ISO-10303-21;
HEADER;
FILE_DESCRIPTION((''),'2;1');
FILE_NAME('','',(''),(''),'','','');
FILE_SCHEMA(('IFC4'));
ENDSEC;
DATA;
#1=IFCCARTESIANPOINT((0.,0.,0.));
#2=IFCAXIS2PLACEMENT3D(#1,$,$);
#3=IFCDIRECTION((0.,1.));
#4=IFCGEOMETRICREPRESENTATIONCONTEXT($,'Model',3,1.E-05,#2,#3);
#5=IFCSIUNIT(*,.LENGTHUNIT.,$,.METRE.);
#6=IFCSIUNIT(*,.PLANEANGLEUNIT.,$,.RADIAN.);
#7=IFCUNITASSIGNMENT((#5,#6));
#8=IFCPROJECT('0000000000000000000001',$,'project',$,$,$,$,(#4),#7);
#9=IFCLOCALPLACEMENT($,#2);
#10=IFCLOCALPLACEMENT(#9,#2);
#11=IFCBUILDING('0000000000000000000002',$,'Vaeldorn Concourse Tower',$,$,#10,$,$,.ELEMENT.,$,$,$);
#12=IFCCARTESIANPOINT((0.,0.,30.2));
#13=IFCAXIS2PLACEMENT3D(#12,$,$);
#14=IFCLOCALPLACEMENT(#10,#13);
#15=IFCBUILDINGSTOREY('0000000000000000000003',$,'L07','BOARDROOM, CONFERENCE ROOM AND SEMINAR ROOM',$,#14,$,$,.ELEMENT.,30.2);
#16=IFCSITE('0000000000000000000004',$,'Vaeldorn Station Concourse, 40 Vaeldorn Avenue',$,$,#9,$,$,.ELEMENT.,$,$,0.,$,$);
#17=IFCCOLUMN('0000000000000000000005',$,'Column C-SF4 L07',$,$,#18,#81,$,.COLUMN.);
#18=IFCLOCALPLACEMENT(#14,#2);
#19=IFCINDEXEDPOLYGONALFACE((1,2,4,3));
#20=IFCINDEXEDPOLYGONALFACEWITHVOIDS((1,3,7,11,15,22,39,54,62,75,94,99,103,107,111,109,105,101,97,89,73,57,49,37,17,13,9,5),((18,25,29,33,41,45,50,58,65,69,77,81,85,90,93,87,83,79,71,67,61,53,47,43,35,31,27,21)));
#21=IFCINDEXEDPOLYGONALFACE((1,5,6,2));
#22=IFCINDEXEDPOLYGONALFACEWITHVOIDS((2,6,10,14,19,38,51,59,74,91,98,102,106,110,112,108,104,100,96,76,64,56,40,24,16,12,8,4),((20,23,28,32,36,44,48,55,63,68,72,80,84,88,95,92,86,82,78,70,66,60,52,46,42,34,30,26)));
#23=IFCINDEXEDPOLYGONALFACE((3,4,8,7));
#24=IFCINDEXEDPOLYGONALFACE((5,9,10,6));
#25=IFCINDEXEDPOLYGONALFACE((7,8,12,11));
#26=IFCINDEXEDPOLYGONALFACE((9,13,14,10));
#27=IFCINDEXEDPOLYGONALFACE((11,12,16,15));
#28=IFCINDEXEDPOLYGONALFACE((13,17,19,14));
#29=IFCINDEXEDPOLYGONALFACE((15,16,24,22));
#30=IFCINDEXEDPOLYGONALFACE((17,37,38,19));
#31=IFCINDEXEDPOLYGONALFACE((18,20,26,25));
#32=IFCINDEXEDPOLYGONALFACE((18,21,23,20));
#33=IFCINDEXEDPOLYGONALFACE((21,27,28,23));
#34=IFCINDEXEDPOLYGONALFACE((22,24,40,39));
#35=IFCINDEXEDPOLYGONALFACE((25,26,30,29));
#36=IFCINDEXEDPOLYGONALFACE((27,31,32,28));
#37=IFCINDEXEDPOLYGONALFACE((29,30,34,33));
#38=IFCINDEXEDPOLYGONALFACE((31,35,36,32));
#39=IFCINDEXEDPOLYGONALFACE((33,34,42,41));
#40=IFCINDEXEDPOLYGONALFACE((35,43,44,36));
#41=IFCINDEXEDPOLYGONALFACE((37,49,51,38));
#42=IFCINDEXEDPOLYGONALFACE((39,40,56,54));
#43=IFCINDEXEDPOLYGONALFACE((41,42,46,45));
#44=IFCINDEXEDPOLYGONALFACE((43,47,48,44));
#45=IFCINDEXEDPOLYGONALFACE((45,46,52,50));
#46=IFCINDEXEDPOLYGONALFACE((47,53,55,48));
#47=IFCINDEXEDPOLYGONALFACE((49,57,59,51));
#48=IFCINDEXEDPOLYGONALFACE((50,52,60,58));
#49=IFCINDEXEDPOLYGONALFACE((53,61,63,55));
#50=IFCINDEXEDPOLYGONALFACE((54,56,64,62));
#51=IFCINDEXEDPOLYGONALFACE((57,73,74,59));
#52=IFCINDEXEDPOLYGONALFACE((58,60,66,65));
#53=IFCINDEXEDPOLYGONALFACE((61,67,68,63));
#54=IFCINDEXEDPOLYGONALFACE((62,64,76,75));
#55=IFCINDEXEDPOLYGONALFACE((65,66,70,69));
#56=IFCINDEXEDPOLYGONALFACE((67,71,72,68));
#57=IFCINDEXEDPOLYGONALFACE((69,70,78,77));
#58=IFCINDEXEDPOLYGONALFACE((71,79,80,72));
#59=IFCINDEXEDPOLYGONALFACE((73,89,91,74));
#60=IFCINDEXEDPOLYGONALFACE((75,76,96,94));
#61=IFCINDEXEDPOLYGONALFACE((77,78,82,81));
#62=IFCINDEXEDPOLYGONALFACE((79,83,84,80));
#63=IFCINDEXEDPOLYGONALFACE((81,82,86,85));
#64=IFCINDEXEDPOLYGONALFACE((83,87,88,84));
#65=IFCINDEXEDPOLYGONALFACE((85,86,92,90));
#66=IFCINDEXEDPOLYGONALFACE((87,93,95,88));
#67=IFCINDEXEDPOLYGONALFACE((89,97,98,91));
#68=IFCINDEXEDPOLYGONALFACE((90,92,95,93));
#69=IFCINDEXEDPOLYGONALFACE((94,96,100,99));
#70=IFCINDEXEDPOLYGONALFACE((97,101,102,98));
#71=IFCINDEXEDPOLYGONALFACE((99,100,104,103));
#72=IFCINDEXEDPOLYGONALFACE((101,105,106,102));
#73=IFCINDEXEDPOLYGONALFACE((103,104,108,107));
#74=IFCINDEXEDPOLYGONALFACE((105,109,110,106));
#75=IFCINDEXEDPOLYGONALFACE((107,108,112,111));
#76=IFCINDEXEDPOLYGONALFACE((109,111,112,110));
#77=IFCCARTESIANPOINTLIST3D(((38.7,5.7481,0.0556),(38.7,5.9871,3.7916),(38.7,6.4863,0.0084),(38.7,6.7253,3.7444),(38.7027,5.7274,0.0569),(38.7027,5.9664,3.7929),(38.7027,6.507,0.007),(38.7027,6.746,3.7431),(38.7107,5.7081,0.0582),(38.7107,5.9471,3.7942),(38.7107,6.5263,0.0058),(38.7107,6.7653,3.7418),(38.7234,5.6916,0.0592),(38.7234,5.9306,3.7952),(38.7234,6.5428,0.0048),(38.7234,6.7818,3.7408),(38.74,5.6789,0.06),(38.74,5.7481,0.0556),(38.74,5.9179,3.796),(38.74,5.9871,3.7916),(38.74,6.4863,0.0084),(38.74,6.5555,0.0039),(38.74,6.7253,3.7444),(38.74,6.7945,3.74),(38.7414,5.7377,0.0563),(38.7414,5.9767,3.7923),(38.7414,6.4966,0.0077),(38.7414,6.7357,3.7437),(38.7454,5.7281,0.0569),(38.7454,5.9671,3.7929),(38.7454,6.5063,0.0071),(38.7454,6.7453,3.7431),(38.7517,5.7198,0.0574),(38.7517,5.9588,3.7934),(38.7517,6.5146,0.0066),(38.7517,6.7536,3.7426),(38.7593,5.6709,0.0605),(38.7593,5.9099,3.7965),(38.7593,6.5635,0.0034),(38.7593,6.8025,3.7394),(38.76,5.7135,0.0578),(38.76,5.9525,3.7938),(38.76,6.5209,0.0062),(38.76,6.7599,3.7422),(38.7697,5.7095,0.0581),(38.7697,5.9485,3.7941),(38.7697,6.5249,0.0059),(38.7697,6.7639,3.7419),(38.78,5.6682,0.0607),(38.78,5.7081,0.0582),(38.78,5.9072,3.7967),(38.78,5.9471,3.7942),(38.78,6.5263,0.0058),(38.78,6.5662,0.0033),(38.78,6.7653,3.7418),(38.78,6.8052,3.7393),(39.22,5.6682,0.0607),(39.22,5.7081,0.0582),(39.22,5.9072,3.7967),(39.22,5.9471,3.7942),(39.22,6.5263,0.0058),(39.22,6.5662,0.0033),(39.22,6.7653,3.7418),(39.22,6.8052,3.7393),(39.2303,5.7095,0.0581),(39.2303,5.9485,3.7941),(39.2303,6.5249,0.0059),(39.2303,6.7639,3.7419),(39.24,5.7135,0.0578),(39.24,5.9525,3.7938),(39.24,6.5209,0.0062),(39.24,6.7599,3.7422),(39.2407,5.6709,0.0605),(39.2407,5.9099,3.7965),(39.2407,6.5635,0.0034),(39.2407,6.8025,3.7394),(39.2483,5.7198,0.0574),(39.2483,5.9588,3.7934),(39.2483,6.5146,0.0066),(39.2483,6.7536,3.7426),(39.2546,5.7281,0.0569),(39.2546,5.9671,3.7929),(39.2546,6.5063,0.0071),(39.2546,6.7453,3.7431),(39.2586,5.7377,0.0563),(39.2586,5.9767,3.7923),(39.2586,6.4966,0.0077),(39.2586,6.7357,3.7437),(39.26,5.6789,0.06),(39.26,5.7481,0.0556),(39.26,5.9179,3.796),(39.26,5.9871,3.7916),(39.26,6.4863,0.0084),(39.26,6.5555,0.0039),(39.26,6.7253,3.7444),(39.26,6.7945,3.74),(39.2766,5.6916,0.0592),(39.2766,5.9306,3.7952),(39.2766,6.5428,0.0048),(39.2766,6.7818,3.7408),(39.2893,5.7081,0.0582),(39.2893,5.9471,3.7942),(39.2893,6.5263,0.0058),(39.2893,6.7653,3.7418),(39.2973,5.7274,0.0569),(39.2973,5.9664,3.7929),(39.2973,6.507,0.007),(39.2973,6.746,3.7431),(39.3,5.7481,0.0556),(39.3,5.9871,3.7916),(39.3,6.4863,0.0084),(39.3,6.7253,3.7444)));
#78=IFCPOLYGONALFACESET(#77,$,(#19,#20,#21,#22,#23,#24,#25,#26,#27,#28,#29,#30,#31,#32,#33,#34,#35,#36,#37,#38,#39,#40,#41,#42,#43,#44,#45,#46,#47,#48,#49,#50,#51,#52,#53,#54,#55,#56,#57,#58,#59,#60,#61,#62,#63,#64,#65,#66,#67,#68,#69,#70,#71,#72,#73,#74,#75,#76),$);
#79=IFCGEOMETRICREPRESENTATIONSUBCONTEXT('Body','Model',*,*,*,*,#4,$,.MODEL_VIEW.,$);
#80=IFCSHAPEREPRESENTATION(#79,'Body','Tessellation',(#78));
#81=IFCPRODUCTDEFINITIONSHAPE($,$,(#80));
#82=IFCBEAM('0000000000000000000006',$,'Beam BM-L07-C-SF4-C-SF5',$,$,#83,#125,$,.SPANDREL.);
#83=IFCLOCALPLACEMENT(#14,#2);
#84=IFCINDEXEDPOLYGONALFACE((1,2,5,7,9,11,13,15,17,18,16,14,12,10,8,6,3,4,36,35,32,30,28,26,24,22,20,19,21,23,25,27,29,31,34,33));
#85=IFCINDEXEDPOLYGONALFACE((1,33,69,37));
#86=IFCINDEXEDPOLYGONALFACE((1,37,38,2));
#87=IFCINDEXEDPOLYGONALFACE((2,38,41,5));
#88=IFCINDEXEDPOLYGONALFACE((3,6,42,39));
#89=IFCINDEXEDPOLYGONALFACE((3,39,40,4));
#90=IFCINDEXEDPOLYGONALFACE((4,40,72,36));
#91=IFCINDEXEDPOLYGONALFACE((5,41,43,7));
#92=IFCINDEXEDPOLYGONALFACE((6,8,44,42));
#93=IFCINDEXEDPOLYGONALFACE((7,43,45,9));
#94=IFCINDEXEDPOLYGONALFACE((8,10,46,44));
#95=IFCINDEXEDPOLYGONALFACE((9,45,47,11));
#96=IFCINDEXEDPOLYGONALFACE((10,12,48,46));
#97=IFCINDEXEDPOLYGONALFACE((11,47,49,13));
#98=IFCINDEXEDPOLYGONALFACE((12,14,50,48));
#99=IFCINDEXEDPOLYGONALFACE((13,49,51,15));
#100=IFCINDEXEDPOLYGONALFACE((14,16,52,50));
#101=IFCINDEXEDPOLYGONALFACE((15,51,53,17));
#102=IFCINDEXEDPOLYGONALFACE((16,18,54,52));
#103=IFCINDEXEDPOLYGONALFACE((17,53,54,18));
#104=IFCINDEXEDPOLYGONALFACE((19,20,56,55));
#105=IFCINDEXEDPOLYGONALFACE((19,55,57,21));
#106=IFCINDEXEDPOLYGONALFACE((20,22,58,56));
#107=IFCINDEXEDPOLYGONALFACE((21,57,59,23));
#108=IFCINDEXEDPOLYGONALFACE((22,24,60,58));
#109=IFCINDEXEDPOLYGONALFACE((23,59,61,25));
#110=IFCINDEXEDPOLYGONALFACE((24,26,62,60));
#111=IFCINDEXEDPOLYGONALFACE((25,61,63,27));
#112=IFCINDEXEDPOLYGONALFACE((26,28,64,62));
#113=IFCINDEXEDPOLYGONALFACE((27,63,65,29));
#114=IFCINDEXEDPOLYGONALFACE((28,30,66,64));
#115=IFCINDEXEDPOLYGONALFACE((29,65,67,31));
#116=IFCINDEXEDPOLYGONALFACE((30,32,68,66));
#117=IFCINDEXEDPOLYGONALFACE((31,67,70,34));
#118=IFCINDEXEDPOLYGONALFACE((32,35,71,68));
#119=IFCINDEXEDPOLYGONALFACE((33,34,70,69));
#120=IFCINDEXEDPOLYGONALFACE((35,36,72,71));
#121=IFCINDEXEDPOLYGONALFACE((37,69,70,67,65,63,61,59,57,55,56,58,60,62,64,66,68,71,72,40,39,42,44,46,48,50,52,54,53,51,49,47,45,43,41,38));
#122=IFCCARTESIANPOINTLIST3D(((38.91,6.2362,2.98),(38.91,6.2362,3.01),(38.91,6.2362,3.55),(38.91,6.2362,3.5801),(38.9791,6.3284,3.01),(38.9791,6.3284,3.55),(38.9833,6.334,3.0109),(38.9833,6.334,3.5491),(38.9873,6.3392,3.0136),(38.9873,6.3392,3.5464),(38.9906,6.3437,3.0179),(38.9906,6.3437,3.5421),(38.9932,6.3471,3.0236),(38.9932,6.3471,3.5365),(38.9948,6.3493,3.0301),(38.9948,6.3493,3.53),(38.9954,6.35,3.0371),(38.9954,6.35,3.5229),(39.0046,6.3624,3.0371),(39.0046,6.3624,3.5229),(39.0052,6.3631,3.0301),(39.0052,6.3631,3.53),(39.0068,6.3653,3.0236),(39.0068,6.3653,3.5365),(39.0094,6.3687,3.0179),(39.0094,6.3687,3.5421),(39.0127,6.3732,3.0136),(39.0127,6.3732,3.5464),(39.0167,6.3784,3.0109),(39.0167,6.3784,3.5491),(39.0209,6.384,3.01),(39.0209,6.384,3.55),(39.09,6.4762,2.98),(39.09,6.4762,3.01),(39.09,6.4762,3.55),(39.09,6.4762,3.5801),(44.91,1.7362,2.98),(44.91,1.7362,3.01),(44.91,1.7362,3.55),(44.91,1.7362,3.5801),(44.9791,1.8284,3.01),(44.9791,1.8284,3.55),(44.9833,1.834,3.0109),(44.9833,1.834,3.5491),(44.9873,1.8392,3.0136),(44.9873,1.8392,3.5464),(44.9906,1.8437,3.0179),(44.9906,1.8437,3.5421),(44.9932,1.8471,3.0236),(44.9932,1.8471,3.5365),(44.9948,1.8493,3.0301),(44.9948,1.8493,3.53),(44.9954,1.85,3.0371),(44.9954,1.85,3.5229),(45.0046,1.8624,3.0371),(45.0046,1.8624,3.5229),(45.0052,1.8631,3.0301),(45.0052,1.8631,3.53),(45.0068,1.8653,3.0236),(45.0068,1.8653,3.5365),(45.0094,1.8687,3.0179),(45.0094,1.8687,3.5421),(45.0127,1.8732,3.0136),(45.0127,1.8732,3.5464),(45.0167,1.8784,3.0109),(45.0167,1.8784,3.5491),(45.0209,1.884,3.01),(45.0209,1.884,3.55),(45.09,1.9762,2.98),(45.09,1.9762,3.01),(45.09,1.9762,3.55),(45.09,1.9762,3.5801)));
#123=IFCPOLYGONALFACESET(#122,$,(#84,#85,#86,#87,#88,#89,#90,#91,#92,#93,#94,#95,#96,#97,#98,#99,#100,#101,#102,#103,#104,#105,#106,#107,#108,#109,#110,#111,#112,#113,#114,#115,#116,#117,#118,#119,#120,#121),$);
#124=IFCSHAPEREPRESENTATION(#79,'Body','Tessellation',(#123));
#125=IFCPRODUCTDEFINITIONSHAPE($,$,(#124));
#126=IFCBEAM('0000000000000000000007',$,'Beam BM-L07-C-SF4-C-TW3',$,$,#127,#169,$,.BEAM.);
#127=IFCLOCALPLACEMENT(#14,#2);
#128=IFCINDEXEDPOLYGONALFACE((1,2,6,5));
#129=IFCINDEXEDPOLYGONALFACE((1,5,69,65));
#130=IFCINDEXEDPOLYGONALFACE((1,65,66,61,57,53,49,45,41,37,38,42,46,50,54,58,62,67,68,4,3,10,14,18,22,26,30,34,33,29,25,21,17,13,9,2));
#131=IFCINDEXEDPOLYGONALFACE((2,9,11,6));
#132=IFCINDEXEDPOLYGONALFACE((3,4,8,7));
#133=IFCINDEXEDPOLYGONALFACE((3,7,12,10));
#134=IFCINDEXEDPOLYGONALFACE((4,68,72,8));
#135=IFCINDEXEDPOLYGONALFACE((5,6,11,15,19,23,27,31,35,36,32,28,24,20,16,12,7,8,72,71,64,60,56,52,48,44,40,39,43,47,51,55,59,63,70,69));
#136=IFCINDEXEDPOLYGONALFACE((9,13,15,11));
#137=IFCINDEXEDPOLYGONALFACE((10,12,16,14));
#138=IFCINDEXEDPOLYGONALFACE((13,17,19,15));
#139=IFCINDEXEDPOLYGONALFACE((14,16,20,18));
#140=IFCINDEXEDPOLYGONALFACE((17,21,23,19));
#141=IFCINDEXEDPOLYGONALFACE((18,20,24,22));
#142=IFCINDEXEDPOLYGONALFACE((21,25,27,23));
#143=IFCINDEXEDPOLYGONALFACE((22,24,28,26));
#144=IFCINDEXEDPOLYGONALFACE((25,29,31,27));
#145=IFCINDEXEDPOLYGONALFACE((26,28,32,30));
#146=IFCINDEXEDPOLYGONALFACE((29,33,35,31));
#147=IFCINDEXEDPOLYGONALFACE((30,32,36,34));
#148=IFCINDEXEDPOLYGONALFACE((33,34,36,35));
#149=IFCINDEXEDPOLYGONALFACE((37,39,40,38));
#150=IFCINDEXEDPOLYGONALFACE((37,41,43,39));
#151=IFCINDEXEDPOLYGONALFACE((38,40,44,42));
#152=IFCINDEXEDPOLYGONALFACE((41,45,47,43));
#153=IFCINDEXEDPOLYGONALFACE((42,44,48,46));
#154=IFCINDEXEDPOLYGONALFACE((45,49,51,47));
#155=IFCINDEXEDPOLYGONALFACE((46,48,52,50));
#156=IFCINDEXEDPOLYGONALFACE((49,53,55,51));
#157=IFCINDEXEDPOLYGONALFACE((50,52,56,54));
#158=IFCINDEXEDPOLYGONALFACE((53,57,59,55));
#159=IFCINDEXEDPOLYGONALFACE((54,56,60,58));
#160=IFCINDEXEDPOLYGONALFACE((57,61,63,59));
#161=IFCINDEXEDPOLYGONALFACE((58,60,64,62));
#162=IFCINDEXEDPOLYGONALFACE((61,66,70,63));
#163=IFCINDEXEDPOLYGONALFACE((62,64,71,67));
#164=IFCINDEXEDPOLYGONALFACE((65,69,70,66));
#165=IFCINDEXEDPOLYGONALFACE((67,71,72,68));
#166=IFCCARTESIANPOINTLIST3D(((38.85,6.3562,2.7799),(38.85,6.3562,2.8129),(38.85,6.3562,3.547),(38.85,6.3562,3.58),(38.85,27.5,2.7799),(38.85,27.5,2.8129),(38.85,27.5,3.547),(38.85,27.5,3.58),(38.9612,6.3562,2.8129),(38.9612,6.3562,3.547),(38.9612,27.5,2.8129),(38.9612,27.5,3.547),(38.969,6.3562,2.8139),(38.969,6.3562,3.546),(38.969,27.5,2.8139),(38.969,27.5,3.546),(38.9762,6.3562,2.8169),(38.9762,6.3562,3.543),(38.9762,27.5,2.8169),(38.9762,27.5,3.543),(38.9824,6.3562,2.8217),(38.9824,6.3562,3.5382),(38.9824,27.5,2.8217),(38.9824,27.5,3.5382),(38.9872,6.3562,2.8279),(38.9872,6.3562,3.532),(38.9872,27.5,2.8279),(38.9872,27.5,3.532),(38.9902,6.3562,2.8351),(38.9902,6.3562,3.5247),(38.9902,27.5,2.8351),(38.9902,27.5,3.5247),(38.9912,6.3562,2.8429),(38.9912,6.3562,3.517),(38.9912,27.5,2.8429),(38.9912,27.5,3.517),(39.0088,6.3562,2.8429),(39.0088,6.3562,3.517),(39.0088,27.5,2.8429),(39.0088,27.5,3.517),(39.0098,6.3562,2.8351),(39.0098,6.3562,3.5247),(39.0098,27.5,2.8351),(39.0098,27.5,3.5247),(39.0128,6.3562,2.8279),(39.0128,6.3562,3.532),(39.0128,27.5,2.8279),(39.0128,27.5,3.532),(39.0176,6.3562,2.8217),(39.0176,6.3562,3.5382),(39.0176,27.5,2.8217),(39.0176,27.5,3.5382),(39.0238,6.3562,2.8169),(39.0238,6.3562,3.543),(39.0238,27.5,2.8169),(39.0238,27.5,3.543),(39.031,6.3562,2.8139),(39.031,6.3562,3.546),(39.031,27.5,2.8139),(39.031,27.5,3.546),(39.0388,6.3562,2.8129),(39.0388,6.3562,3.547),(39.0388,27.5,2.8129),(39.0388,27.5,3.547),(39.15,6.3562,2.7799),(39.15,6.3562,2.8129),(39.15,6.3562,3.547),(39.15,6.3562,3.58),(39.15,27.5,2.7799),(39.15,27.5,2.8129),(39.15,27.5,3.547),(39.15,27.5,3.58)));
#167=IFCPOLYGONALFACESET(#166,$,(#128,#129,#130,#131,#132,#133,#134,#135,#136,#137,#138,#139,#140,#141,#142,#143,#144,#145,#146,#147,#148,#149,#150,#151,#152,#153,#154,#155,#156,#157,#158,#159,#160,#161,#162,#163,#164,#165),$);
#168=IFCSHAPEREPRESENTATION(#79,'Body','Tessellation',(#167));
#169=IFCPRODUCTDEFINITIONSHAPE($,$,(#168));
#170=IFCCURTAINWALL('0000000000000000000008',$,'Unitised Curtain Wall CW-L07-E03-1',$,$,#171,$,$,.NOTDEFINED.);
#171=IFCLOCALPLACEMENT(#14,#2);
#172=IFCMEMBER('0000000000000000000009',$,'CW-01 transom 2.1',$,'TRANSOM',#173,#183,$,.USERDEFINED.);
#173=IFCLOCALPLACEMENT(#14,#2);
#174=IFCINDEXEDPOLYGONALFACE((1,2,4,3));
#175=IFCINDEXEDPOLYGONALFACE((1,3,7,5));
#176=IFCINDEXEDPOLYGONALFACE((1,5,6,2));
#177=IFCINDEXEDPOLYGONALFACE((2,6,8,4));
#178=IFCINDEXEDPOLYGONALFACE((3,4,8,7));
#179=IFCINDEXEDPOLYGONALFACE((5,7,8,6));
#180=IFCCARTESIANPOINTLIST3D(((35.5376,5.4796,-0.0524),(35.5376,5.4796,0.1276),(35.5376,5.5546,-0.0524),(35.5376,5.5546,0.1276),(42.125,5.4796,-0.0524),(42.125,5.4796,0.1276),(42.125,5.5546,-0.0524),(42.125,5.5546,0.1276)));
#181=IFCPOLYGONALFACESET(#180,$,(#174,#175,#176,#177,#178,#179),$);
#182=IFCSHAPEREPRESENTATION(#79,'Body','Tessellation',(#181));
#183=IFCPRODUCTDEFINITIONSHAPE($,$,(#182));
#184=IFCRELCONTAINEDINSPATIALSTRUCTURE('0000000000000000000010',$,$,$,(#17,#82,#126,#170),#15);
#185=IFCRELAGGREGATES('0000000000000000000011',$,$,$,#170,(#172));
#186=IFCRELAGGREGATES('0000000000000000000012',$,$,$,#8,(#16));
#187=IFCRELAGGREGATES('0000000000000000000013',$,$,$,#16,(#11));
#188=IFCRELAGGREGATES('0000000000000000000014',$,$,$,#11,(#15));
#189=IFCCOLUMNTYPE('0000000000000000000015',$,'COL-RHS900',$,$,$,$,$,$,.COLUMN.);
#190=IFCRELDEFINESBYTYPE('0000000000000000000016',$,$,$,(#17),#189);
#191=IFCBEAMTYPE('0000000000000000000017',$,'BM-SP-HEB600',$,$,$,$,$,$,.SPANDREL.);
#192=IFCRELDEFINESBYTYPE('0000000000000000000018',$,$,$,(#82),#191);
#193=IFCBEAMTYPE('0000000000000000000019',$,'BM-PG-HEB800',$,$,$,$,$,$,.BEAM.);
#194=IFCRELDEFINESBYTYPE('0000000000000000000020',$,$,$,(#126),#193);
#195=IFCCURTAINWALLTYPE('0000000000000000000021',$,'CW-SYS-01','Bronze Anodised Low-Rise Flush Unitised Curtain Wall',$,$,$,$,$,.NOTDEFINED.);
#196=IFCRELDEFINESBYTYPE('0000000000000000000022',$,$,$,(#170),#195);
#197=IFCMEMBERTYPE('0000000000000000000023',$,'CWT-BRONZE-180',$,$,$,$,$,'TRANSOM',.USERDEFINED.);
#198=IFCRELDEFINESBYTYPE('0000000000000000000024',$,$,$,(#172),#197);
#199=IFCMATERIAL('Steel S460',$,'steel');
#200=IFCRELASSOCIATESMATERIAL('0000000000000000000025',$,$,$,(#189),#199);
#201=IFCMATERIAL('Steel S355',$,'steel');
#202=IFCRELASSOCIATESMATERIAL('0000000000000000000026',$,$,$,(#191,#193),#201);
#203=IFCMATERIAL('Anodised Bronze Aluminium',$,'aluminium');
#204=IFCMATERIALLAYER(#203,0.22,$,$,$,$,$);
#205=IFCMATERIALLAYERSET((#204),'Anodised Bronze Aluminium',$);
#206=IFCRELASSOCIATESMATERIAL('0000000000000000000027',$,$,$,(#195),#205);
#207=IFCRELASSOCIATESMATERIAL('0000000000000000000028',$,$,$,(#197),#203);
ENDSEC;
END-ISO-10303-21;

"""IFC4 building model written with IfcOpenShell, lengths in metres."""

from ifc_helpers import new_model, si_unit, direction, frame, origin, origin_2d, place, context, subcontext, project, spatial, rectangle, hollow_rectangle, i_section, extrude, source, transform, mapped, material, layer, layer_set, material_profile, profile_set, type_object, element, aggregate, save


model = new_model("IFC4")

# Units and contexts
model_context = context("Model", 3, precision=1e-05, world=origin(), true_north=direction((0.0, 1.0)))
body_context = subcontext(model_context, "Body", "Model", "MODEL_VIEW")
ifc_project = project(units=[si_unit("LENGTHUNIT", "METRE"), si_unit("PLANEANGLEUNIT", "RADIAN")], contexts=[model_context])

# Site, building, storey
site_placement = place(None, origin())
site = spatial("IfcSite", under=ifc_project, at=site_placement, Name="Vaeldorn Station Concourse, 40 Vaeldorn Avenue", CompositionType="ELEMENT", RefElevation=0.0)
building_placement = place(site_placement, origin())
building = spatial("IfcBuilding", under=site, at=building_placement, Name="Vaeldorn Concourse Tower", CompositionType="ELEMENT")
storey_placement = place(building_placement, frame((0.0, 0.0, 30.2)))
storey = spatial("IfcBuildingStorey", under=building, at=storey_placement, Name="L07", Description="BOARDROOM, CONFERENCE ROOM AND SEMINAR ROOM", CompositionType="ELEMENT", Elevation=30.2)

# Column
ifc_material_1 = material(Name="Steel S460", Category="steel")
ifc_material_profile_1 = material_profile(ifc_material_1, hollow_rectangle(XDim=0.6001, YDim=0.8999, WallThickness=0.04, InnerFilletRadius=0.04, OuterFilletRadius=0.0801, at=origin_2d()), Name="RHS 900x600x40")
ifc_profile_set_1 = profile_set([ifc_material_profile_1], Name="Steel S460")
column_type = type_object("IfcColumnType", Name="COL-RHS900", PredefinedType="COLUMN", material=ifc_profile_set_1)
shared_shape_1 = source(origin(), body_context, "Body", "SweptSolid", [
    extrude(hollow_rectangle(XDim=0.6001, YDim=0.8999, WallThickness=0.04, InnerFilletRadius=0.04, OuterFilletRadius=0.0801, at=origin_2d()), origin(), (0.0, 0.0, 1.0), 3.7437),
])
column_placement = place(storey_placement, frame((39.0, 6.1172, 0.032), z_axis=(0.0, 0.063844, 0.99796), x_axis=(-1.0, 0.0, 0.0)))
element("IfcColumn", 1, at=column_placement, inside=storey, type_object=column_type, Name="Column C-SF4 L07", PredefinedType="COLUMN", context=body_context, shape_type="MappedRepresentation", body=[
    mapped(shared_shape_1, transform((0.0, 0.0, 0.0), scale=1.0)),
])

# Beams
ifc_material_2 = material(Name="Steel S355", Category="steel")
ifc_material_profile_2 = material_profile(ifc_material_2, i_section(OverallWidth=0.3, OverallDepth=0.6001, WebThickness=0.0154, FlangeThickness=0.03, FilletRadius=0.0271, at=origin_2d()), Name="HEB 600")
ifc_profile_set_2 = profile_set([ifc_material_profile_2], Name="Steel S355")
beam_type_1 = type_object("IfcBeamType", Name="BM-SP-HEB600", PredefinedType="SPANDREL", material=ifc_profile_set_2)
shared_shape_2 = source(origin(), body_context, "Body", "SweptSolid", [
    extrude(i_section(OverallWidth=0.3, OverallDepth=0.6001, WebThickness=0.0154, FlangeThickness=0.03, FilletRadius=0.0271, at=origin_2d()), origin(), (0.0, 0.0, 1.0), 7.5),
])
beam_1_placement = place(storey_placement, frame((39.0, 6.3562, 3.28), z_axis=(0.8, -0.6, 0.0), x_axis=(0.6, 0.8, 0.0)))
element("IfcBeam", 2, at=beam_1_placement, inside=storey, type_object=beam_type_1, Name="Beam BM-L07-C-SF4-C-SF5", PredefinedType="SPANDREL", context=body_context, shape_type="MappedRepresentation", body=[
    mapped(shared_shape_2, transform((0.0, 0.0, 0.0), scale=1.0)),
])
ifc_material_profile_3 = material_profile(ifc_material_2, i_section(OverallWidth=0.3, OverallDepth=0.8, WebThickness=0.0176, FlangeThickness=0.033, FilletRadius=0.03, at=origin_2d()), Name="HEB 800")
ifc_profile_set_3 = profile_set([ifc_material_profile_3], Name="Steel S355")
beam_type_2 = type_object("IfcBeamType", Name="BM-PG-HEB800", PredefinedType="BEAM", material=ifc_profile_set_3)
shared_shape_3 = source(origin(), body_context, "Body", "SweptSolid", [
    extrude(i_section(OverallWidth=0.3, OverallDepth=0.8, WebThickness=0.0176, FlangeThickness=0.033, FilletRadius=0.03, at=origin_2d()), origin(), (0.0, 0.0, 1.0), 21.1438),
])
beam_2_placement = place(storey_placement, frame((39.0, 6.3562, 3.1799), z_axis=(0.0, 1.0, 0.0), x_axis=(-1.0, 0.0, 0.0)))
element("IfcBeam", 3, at=beam_2_placement, inside=storey, type_object=beam_type_2, Name="Beam BM-L07-C-SF4-C-TW3", PredefinedType="BEAM", context=body_context, shape_type="MappedRepresentation", body=[
    mapped(shared_shape_3, transform((0.0, 0.0, 0.0), scale=1.0)),
])

# Curtain wall, member
ifc_material_3 = material(Name="Anodised Bronze Aluminium", Category="aluminium")
ifc_layer_1 = layer(ifc_material_3, 0.22)
ifc_layer_set_1 = layer_set([ifc_layer_1], Name="Anodised Bronze Aluminium")
curtain_wall_type = type_object("IfcCurtainWallType", Name="CW-SYS-01", Description="Bronze Anodised Low-Rise Flush Unitised Curtain Wall", PredefinedType="NOTDEFINED", material=ifc_layer_set_1)
curtain_wall_1_placement = place(storey_placement, origin())
curtain_wall_1 = element("IfcCurtainWall", 4, at=curtain_wall_1_placement, inside=storey, type_object=curtain_wall_type, Name="Unitised Curtain Wall CW-L07-E03-1", PredefinedType="NOTDEFINED")
ifc_material_profile_4 = material_profile(ifc_material_3, rectangle(XDim=0.075, YDim=0.1799, at=origin_2d()), Name="CWT 75x180")
ifc_profile_set_4 = profile_set([ifc_material_profile_4], Name="Anodised Bronze Aluminium")
member_type_1 = type_object("IfcMemberType", Name="CWT-BRONZE-180", ElementType="TRANSOM", PredefinedType="USERDEFINED", material=ifc_profile_set_4)
shared_shape_4 = source(origin(), body_context, "Body", "SweptSolid", [
    extrude(rectangle(XDim=0.075, YDim=0.1799, at=origin_2d()), origin(), (0.0, 0.0, 1.0), 6.5874),
])
member_1_placement = place(storey_placement, frame((35.5376, 5.5171, 0.0376), z_axis=(1.0, 0.0, 0.0), x_axis=(0.0, 1.0, 0.0)))
member_1 = element("IfcMember", 5, at=member_1_placement, type_object=member_type_1, Name="CW-01 transom 2.1", ObjectType="TRANSOM", PredefinedType="USERDEFINED", context=body_context, shape_type="MappedRepresentation", body=[
    mapped(shared_shape_4, transform((0.0, 0.0, 0.0), scale=1.0)),
])

aggregate(curtain_wall_1, [member_1])

save(model, "model.ifc")
